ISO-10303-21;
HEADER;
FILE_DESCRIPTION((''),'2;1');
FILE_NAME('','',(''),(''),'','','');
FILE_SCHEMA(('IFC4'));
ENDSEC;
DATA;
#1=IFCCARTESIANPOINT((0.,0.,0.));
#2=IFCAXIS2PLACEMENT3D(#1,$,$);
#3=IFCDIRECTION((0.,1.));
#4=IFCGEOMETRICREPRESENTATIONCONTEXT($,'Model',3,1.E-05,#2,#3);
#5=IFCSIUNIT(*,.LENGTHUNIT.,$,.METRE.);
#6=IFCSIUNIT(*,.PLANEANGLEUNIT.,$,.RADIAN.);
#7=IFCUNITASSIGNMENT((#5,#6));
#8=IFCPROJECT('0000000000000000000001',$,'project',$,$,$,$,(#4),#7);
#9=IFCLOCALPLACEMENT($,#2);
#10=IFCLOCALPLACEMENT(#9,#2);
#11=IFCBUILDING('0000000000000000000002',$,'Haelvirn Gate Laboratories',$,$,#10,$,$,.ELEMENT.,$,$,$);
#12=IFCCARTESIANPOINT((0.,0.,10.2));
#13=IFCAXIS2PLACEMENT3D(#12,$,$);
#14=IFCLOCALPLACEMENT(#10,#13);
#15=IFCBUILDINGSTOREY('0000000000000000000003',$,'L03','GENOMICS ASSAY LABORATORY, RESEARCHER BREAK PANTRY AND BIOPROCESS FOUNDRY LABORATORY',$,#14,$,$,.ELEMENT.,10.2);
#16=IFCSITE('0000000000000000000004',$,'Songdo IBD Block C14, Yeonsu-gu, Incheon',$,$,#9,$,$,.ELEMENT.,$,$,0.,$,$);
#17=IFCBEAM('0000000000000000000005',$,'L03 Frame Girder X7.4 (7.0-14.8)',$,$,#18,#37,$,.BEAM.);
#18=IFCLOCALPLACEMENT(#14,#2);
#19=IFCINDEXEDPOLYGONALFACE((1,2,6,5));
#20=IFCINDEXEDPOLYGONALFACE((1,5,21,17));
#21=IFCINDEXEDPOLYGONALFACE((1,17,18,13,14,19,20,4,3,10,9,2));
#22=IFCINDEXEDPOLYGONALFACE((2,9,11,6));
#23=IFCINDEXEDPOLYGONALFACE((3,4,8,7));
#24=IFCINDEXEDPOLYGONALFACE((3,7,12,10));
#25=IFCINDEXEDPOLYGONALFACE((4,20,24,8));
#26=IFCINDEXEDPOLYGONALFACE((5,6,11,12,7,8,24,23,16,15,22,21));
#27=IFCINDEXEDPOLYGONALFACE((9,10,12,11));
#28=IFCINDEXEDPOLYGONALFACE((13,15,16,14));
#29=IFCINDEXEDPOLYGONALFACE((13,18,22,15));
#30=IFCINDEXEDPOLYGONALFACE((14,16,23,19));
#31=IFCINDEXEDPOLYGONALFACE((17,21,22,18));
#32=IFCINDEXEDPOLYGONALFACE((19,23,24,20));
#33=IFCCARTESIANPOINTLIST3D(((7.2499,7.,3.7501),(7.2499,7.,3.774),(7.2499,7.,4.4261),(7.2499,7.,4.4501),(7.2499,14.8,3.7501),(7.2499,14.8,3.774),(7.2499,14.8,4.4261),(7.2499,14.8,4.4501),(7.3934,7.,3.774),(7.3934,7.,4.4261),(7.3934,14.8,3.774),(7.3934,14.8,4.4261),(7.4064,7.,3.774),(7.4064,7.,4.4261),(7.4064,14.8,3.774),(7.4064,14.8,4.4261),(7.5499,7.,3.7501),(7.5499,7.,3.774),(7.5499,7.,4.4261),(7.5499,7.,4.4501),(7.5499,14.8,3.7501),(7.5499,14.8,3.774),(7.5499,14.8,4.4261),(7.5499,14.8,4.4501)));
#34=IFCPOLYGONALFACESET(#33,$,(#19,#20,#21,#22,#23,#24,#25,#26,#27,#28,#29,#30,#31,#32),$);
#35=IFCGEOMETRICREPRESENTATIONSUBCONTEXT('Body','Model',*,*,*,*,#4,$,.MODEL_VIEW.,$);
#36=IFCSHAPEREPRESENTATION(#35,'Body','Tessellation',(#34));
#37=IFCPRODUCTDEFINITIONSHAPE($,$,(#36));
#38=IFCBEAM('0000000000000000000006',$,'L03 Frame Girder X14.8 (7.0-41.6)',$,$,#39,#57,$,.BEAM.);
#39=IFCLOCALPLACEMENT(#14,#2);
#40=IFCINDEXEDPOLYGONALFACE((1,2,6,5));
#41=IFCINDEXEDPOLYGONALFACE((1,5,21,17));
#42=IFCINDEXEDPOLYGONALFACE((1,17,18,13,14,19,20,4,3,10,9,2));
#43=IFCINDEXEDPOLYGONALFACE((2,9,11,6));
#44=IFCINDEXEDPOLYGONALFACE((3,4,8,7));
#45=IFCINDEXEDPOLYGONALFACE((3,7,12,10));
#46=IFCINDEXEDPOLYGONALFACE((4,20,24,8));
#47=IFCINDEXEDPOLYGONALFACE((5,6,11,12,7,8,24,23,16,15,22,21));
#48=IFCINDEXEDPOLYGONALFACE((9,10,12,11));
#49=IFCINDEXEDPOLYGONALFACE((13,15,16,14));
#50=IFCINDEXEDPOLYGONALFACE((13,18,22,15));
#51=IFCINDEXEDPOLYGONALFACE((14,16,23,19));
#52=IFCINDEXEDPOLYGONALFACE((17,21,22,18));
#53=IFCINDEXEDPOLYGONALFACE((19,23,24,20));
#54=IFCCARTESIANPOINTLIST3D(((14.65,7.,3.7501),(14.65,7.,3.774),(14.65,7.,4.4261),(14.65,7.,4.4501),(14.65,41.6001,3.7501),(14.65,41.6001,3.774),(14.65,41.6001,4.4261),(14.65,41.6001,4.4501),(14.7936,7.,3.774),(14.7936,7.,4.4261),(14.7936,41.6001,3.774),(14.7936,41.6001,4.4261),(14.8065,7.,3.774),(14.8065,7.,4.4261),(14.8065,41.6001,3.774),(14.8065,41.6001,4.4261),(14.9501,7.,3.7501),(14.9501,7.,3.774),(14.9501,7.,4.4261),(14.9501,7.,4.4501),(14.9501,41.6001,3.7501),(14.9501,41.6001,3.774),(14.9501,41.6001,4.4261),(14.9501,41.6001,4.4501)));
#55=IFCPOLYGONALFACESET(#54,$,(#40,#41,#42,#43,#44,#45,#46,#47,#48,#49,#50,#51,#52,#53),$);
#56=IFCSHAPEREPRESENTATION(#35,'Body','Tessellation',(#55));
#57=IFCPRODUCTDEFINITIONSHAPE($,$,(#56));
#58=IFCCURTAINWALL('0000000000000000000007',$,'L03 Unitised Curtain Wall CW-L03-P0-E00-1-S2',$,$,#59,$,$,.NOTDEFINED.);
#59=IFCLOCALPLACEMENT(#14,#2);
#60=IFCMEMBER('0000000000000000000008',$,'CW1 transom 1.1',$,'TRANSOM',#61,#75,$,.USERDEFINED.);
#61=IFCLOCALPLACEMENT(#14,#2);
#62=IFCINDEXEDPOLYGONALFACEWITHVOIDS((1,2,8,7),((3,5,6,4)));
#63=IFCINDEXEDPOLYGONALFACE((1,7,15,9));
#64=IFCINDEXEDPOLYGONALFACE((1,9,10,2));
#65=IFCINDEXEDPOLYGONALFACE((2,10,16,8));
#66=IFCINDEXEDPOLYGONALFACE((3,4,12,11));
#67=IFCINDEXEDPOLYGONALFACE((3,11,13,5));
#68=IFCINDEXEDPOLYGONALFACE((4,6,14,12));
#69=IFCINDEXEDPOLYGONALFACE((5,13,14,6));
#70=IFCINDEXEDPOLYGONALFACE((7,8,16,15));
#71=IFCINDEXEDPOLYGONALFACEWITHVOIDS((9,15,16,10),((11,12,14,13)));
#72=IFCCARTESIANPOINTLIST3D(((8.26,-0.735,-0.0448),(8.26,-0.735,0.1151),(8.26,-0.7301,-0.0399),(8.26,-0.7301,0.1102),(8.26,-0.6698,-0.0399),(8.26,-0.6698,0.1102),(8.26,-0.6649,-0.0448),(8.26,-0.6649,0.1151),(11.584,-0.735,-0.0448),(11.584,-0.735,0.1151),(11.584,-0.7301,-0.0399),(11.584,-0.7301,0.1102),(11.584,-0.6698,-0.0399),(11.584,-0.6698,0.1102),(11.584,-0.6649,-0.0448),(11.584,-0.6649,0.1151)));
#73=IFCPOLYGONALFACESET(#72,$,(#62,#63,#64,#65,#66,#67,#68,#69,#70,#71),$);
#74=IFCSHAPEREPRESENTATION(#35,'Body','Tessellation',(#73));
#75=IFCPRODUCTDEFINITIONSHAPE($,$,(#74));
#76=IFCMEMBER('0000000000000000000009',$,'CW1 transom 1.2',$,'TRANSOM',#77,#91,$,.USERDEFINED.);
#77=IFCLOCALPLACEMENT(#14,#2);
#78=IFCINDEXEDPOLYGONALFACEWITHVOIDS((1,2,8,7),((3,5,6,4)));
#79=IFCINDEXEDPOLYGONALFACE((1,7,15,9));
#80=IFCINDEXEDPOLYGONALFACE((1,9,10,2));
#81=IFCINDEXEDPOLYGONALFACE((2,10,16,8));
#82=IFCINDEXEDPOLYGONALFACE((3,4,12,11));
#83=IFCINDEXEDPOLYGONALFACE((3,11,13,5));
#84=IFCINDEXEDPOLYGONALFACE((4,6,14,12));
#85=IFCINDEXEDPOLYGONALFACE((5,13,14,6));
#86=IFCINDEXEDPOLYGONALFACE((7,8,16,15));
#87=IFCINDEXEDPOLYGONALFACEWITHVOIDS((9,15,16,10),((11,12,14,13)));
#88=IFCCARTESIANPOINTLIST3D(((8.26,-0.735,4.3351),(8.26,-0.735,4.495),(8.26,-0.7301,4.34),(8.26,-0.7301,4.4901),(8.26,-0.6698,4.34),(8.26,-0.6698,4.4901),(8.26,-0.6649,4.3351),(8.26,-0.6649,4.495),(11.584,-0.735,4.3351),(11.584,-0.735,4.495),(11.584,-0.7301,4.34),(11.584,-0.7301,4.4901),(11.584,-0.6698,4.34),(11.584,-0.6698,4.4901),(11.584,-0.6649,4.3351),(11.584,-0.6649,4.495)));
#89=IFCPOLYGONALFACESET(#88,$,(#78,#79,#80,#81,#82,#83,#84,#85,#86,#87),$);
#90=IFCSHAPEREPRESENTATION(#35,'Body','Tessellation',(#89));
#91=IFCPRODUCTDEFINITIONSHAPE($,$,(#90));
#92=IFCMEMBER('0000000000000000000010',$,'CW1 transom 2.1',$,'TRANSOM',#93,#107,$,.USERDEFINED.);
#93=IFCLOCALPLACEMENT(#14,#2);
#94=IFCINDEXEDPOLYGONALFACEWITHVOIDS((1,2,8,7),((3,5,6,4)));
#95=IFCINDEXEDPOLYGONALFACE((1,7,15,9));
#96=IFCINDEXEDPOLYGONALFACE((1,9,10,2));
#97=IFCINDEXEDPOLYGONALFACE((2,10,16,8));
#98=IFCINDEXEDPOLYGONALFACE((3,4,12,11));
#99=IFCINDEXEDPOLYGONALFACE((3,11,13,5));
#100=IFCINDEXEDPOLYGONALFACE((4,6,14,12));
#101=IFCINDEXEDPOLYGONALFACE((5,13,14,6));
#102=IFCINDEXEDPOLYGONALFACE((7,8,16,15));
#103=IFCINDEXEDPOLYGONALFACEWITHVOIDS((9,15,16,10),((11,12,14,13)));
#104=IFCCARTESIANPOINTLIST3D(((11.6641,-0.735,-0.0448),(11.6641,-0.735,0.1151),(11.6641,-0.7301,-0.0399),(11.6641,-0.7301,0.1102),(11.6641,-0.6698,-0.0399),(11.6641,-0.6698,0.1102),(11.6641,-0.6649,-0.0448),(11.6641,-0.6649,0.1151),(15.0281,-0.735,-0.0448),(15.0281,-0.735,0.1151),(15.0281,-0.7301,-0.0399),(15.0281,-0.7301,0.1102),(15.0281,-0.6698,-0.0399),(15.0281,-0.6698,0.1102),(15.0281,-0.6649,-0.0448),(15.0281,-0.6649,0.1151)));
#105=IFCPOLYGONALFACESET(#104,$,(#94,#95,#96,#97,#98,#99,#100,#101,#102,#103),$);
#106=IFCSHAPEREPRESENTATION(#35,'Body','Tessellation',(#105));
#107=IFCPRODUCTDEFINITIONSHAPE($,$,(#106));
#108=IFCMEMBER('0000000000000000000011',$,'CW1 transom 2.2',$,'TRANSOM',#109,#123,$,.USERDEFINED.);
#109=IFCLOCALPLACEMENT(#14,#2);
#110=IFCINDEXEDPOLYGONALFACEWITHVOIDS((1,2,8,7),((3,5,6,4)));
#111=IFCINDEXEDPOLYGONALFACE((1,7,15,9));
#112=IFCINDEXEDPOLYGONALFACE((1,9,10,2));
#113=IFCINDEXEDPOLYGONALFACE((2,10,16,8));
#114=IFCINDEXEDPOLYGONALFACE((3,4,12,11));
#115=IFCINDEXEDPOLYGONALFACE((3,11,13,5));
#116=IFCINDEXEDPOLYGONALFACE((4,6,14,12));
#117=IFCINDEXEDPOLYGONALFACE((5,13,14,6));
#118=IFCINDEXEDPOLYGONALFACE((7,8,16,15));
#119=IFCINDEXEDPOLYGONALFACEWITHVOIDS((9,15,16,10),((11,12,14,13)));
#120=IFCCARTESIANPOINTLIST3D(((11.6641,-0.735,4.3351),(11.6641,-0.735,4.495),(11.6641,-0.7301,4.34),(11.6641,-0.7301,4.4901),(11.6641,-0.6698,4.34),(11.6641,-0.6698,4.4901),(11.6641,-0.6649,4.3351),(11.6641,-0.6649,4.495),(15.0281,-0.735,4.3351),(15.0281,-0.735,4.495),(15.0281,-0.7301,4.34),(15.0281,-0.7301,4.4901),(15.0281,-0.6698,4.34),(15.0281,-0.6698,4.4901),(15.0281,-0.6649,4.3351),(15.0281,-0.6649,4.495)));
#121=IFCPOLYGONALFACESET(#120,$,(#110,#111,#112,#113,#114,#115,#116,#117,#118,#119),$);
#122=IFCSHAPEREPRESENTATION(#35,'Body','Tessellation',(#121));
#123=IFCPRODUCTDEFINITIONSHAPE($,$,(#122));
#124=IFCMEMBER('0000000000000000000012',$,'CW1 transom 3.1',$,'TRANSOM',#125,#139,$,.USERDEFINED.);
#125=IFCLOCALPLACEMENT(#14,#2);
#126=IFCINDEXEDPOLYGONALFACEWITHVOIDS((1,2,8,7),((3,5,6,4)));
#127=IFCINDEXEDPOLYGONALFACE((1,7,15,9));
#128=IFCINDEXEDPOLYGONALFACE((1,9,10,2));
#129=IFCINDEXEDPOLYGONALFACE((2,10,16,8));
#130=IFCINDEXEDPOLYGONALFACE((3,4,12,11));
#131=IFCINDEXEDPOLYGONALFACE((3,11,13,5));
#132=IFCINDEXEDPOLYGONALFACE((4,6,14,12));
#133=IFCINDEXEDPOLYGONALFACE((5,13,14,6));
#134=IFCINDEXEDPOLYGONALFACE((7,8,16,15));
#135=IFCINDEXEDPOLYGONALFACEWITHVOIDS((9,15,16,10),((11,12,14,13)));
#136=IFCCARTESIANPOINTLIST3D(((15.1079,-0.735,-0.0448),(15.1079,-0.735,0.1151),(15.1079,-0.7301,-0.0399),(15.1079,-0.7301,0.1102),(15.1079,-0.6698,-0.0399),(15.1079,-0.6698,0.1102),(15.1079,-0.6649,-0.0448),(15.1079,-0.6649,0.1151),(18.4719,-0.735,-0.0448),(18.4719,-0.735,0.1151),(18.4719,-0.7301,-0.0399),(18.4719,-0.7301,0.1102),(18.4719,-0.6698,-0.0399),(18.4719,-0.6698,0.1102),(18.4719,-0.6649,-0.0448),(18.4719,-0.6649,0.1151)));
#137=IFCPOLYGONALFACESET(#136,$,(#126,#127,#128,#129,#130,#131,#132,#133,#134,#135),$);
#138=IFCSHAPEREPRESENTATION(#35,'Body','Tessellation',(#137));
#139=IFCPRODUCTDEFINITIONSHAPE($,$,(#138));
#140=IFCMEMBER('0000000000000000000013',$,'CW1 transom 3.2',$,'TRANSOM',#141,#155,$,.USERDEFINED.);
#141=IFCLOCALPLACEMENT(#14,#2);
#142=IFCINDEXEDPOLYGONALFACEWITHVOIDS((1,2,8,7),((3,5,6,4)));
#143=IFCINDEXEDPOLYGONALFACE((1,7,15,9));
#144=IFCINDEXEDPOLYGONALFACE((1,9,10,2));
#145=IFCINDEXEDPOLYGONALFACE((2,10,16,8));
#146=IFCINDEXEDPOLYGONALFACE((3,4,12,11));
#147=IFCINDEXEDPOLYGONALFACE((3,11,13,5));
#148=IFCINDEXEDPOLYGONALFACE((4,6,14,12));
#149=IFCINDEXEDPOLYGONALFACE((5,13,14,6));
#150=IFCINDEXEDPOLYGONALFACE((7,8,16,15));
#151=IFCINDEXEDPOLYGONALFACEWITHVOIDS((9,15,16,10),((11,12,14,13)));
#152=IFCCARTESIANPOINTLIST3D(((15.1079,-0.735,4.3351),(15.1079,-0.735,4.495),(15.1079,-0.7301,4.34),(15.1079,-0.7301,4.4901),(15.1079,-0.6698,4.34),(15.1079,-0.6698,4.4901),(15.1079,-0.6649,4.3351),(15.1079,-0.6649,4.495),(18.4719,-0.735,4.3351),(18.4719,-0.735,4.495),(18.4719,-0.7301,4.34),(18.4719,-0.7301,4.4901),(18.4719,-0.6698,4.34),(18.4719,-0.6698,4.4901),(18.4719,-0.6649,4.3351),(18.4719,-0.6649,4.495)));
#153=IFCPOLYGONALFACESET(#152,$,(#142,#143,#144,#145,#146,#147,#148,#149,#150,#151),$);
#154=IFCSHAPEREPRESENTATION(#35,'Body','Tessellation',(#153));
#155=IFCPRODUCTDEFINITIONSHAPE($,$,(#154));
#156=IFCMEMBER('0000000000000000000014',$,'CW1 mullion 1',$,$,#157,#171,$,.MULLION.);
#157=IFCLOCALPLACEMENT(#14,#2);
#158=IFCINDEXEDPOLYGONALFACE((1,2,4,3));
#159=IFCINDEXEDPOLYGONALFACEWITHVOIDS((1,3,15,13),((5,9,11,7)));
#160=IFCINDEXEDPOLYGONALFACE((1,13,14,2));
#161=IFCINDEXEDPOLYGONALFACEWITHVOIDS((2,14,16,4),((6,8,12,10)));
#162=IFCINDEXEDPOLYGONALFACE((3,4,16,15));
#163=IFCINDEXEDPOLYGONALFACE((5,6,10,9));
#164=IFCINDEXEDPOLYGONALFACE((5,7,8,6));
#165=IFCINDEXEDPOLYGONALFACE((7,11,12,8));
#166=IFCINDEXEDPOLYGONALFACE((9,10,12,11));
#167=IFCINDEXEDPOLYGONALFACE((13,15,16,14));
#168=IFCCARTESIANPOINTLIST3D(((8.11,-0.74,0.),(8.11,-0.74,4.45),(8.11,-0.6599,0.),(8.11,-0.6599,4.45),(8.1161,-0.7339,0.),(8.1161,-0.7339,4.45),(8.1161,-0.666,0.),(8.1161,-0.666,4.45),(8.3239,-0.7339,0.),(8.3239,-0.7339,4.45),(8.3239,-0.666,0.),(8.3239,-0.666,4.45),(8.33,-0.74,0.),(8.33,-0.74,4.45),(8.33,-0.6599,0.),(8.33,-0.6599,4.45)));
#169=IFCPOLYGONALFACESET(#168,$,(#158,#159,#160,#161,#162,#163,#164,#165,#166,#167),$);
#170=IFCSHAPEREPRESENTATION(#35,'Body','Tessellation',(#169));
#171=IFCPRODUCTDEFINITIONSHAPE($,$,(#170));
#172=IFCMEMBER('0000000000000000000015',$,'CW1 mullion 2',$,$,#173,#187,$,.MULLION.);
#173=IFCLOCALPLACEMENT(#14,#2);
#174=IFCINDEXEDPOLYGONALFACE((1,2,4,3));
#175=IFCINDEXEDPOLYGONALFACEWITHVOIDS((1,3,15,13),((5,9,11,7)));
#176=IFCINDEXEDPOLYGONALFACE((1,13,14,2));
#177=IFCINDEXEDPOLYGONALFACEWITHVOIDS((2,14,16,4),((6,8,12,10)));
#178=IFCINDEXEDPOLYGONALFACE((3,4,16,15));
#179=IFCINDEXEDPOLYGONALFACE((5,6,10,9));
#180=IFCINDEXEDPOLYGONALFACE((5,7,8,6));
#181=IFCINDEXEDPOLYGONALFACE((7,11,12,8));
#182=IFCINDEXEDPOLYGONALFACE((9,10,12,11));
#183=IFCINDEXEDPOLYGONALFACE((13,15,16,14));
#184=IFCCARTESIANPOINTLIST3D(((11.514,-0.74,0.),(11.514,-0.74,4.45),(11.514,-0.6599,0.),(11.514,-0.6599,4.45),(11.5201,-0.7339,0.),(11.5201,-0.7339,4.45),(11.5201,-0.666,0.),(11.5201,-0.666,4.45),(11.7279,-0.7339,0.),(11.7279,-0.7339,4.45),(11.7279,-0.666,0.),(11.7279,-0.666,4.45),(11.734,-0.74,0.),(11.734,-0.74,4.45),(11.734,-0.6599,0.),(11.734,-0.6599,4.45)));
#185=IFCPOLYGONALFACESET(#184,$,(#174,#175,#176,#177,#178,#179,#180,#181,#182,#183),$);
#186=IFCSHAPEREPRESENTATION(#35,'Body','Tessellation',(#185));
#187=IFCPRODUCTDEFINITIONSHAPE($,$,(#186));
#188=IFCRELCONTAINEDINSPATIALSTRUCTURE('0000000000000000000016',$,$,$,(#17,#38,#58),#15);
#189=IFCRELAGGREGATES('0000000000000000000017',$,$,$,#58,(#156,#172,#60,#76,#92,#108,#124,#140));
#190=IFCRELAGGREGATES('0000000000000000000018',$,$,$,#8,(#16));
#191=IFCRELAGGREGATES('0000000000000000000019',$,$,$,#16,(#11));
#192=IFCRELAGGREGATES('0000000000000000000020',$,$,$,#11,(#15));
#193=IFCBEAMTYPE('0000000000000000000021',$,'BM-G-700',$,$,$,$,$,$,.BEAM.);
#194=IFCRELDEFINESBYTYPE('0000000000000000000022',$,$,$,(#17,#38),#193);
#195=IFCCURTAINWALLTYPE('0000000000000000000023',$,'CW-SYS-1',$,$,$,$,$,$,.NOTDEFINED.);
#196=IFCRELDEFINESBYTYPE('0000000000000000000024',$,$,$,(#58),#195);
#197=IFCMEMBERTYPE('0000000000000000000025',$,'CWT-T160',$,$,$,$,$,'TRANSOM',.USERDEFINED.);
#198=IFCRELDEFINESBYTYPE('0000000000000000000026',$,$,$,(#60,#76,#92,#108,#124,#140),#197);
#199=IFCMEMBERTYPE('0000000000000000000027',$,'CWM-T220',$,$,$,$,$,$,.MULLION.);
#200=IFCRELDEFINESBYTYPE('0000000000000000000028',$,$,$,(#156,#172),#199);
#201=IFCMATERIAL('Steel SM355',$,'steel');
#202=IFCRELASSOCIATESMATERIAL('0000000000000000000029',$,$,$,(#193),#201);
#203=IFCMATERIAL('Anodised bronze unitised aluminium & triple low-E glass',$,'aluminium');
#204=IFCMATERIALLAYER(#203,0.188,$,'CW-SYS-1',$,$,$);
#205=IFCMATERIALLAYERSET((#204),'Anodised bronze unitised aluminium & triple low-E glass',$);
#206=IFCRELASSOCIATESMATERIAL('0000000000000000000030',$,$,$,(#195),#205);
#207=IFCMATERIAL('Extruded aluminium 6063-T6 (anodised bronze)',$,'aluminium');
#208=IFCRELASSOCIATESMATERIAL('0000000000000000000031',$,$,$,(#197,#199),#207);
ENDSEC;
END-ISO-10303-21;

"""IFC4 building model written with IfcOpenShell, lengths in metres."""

from ifc_helpers import new_model, si_unit, direction, frame, origin, origin_2d, place, context, subcontext, project, spatial, hollow_rectangle, i_section, extrude, source, transform, mapped, material, layer, layer_set, material_profile, profile_set, type_object, type_shapes, element, aggregate, save


model = new_model("IFC4")

# Units and contexts
model_context = context("Model", 3, precision=1e-05, world=origin(), true_north=direction((0.0, 1.0)))
body_context = subcontext(model_context, "Body", "Model", "MODEL_VIEW")
ifc_project = project(units=[si_unit("LENGTHUNIT", "METRE"), si_unit("PLANEANGLEUNIT", "RADIAN")], contexts=[model_context])

# Site, building, storey
site_placement = place(None, origin())
site = spatial("IfcSite", under=ifc_project, at=site_placement, Name="Songdo IBD Block C14, Yeonsu-gu, Incheon", CompositionType="ELEMENT", RefElevation=0.0)
building_placement = place(site_placement, origin())
building = spatial("IfcBuilding", under=site, at=building_placement, Name="Haelvirn Gate Laboratories", CompositionType="ELEMENT")
storey_placement = place(building_placement, frame((0.0, 0.0, 10.2)))
storey = spatial("IfcBuildingStorey", under=building, at=storey_placement, Name="L03", Description="GENOMICS ASSAY LABORATORY, RESEARCHER BREAK PANTRY AND BIOPROCESS FOUNDRY LABORATORY", CompositionType="ELEMENT", Elevation=10.2)

# Beams
ifc_material_1 = material(Name="Steel SM355", Category="steel")
ifc_material_profile_1 = material_profile(ifc_material_1, i_section(OverallWidth=0.3, OverallDepth=0.7, WebThickness=0.0129, FlangeThickness=0.0239, at=origin_2d()), Name="H-700x300x13x24")
ifc_profile_set_1 = profile_set([ifc_material_profile_1], Name="Steel SM355")
beam_type_1 = type_object("IfcBeamType", Name="BM-G-700", PredefinedType="BEAM", material=ifc_profile_set_1)
shared_shape_1 = source(origin(), body_context, "Body", "SweptSolid", [
    extrude(i_section(OverallWidth=0.3, OverallDepth=0.7, WebThickness=0.0129, FlangeThickness=0.0239, at=origin_2d()), origin(), (0.0, 0.0, 1.0), 7.8),
])
beam_1_placement = place(storey_placement, frame((7.3999, 7.0, 4.1001), z_axis=(0.0, 1.0, 0.0), x_axis=(-1.0, 0.0, 0.0)))
element("IfcBeam", 1, at=beam_1_placement, inside=storey, type_object=beam_type_1, Name="L03 Frame Girder X7.4 (7.0-14.8)", PredefinedType="BEAM", context=body_context, shape_type="MappedRepresentation", body=[
    mapped(shared_shape_1, transform((0.0, 0.0, 0.0), scale=1.0)),
])
shared_shape_2 = source(origin(), body_context, "Body", "SweptSolid", [
    extrude(i_section(OverallWidth=0.3, OverallDepth=0.7, WebThickness=0.0129, FlangeThickness=0.0239, at=origin_2d()), origin(), (0.0, 0.0, 1.0), 34.6001),
])
beam_2_placement = place(storey_placement, frame((14.8, 7.0, 4.1001), z_axis=(0.0, 1.0, 0.0), x_axis=(-1.0, 0.0, 0.0)))
element("IfcBeam", 2, at=beam_2_placement, inside=storey, type_object=beam_type_1, Name="L03 Frame Girder X14.8 (7.0-41.6)", PredefinedType="BEAM", context=body_context, shape_type="MappedRepresentation", body=[
    mapped(shared_shape_2, transform((0.0, 0.0, 0.0), scale=1.0)),
])

# Curtain wall, members
ifc_material_2 = material(Name="Anodised bronze unitised aluminium & triple low-E glass", Category="aluminium")
ifc_layer_1 = layer(ifc_material_2, 0.188, Name="CW-SYS-1")
ifc_layer_set_1 = layer_set([ifc_layer_1], Name="Anodised bronze unitised aluminium & triple low-E glass")
curtain_wall_type = type_object("IfcCurtainWallType", Name="CW-SYS-1", PredefinedType="NOTDEFINED", material=ifc_layer_set_1)
curtain_wall_placement = place(storey_placement, origin())
curtain_wall = element("IfcCurtainWall", 3, at=curtain_wall_placement, inside=storey, type_object=curtain_wall_type, Name="L03 Unitised Curtain Wall CW-L03-P0-E00-1-S2", PredefinedType="NOTDEFINED")
ifc_material_3 = material(Name="Extruded aluminium 6063-T6 (anodised bronze)", Category="aluminium")
ifc_material_profile_2 = material_profile(ifc_material_3, hollow_rectangle(XDim=0.0701, YDim=0.1599, WallThickness=0.0049, at=origin_2d()), Name="CWT-160x70x5")
ifc_profile_set_2 = profile_set([ifc_material_profile_2], Name="Extruded aluminium 6063-T6 (anodised bronze)")
member_type_1 = type_object("IfcMemberType", Name="CWT-T160", ElementType="TRANSOM", PredefinedType="USERDEFINED", material=ifc_profile_set_2)
shared_shape_3 = source(origin(), body_context, "Body", "SweptSolid", [
    extrude(hollow_rectangle(XDim=0.0701, YDim=0.1599, WallThickness=0.0049, at=origin_2d()), origin(), (0.0, 0.0, 1.0), 3.324),
])
member_1_placement = place(storey_placement, frame((8.26, -0.7, 0.0352), z_axis=(1.0, 0.0, 0.0), x_axis=(0.0, 1.0, 0.0)))
member_1 = element("IfcMember", 4, at=member_1_placement, type_object=member_type_1, Name="CW1 transom 1.1", ObjectType="TRANSOM", PredefinedType="USERDEFINED", context=body_context, shape_type="MappedRepresentation", body=[
    mapped(shared_shape_3, transform((0.0, 0.0, 0.0), scale=1.0)),
])
member_2_placement = place(storey_placement, frame((8.26, -0.7, 4.415), z_axis=(1.0, 0.0, 0.0), x_axis=(0.0, 1.0, 0.0)))
member_2 = element("IfcMember", 5, at=member_2_placement, type_object=member_type_1, Name="CW1 transom 1.2", ObjectType="TRANSOM", PredefinedType="USERDEFINED", context=body_context, shape_type="MappedRepresentation", body=[
    mapped(shared_shape_3, transform((0.0, 0.0, 0.0), scale=1.0)),
])
shared_shape_4 = source(origin(), body_context, "Body", "SweptSolid", [
    extrude(hollow_rectangle(XDim=0.0701, YDim=0.1599, WallThickness=0.0049, at=origin_2d()), origin(), (0.0, 0.0, 1.0), 3.364),
])
type_shapes(member_type_1, [shared_shape_3, shared_shape_4])
member_3_placement = place(storey_placement, frame((11.6641, -0.7, 0.0352), z_axis=(1.0, 0.0, 0.0), x_axis=(0.0, 1.0, 0.0)))
member_3 = element("IfcMember", 6, at=member_3_placement, type_object=member_type_1, Name="CW1 transom 2.1", ObjectType="TRANSOM", PredefinedType="USERDEFINED", context=body_context, shape_type="MappedRepresentation", body=[
    mapped(shared_shape_4, transform((0.0, 0.0, 0.0), scale=1.0)),
])
member_4_placement = place(storey_placement, frame((11.6641, -0.7, 4.415), z_axis=(1.0, 0.0, 0.0), x_axis=(0.0, 1.0, 0.0)))
member_4 = element("IfcMember", 7, at=member_4_placement, type_object=member_type_1, Name="CW1 transom 2.2", ObjectType="TRANSOM", PredefinedType="USERDEFINED", context=body_context, shape_type="MappedRepresentation", body=[
    mapped(shared_shape_4, transform((0.0, 0.0, 0.0), scale=1.0)),
])
member_5_placement = place(storey_placement, frame((15.1079, -0.7, 0.0352), z_axis=(1.0, 0.0, 0.0), x_axis=(0.0, 1.0, 0.0)))
member_5 = element("IfcMember", 8, at=member_5_placement, type_object=member_type_1, Name="CW1 transom 3.1", ObjectType="TRANSOM", PredefinedType="USERDEFINED", context=body_context, shape_type="MappedRepresentation", body=[
    mapped(shared_shape_4, transform((0.0, 0.0, 0.0), scale=1.0)),
])
member_6_placement = place(storey_placement, frame((15.1079, -0.7, 4.415), z_axis=(1.0, 0.0, 0.0), x_axis=(0.0, 1.0, 0.0)))
member_6 = element("IfcMember", 9, at=member_6_placement, type_object=member_type_1, Name="CW1 transom 3.2", ObjectType="TRANSOM", PredefinedType="USERDEFINED", context=body_context, shape_type="MappedRepresentation", body=[
    mapped(shared_shape_4, transform((0.0, 0.0, 0.0), scale=1.0)),
])
ifc_material_profile_3 = material_profile(ifc_material_3, hollow_rectangle(XDim=0.0801, YDim=0.22, WallThickness=0.0061, at=origin_2d()), Name="CWM-220x80x6")
ifc_profile_set_3 = profile_set([ifc_material_profile_3], Name="Extruded aluminium 6063-T6 (anodised bronze)")
member_type_2 = type_object("IfcMemberType", Name="CWM-T220", PredefinedType="MULLION", material=ifc_profile_set_3)
shared_shape_5 = source(origin(), body_context, "Body", "SweptSolid", [
    extrude(hollow_rectangle(XDim=0.0801, YDim=0.22, WallThickness=0.0061, at=origin_2d()), origin(), (0.0, 0.0, 1.0), 4.45),
])
type_shapes(member_type_2, [shared_shape_5])
member_7_placement = place(storey_placement, frame((8.22, -0.7, 0.0), z_axis=(0.0, 0.0, 1.0), x_axis=(0.0, 1.0, 0.0)))
member_7 = element("IfcMember", 10, at=member_7_placement, type_object=member_type_2, Name="CW1 mullion 1", PredefinedType="MULLION", context=body_context, shape_type="MappedRepresentation", body=[
    mapped(shared_shape_5, transform((0.0, 0.0, 0.0), scale=1.0)),
])
member_8_placement = place(storey_placement, frame((11.624, -0.7, 0.0), z_axis=(0.0, 0.0, 1.0), x_axis=(0.0, 1.0, 0.0)))
member_8 = element("IfcMember", 11, at=member_8_placement, type_object=member_type_2, Name="CW1 mullion 2", PredefinedType="MULLION", context=body_context, shape_type="MappedRepresentation", body=[
    mapped(shared_shape_5, transform((0.0, 0.0, 0.0), scale=1.0)),
])
aggregate(curtain_wall, [member_7, member_8, member_1, member_2, member_3, member_4, member_5, member_6])

save(model, "model.ifc")
